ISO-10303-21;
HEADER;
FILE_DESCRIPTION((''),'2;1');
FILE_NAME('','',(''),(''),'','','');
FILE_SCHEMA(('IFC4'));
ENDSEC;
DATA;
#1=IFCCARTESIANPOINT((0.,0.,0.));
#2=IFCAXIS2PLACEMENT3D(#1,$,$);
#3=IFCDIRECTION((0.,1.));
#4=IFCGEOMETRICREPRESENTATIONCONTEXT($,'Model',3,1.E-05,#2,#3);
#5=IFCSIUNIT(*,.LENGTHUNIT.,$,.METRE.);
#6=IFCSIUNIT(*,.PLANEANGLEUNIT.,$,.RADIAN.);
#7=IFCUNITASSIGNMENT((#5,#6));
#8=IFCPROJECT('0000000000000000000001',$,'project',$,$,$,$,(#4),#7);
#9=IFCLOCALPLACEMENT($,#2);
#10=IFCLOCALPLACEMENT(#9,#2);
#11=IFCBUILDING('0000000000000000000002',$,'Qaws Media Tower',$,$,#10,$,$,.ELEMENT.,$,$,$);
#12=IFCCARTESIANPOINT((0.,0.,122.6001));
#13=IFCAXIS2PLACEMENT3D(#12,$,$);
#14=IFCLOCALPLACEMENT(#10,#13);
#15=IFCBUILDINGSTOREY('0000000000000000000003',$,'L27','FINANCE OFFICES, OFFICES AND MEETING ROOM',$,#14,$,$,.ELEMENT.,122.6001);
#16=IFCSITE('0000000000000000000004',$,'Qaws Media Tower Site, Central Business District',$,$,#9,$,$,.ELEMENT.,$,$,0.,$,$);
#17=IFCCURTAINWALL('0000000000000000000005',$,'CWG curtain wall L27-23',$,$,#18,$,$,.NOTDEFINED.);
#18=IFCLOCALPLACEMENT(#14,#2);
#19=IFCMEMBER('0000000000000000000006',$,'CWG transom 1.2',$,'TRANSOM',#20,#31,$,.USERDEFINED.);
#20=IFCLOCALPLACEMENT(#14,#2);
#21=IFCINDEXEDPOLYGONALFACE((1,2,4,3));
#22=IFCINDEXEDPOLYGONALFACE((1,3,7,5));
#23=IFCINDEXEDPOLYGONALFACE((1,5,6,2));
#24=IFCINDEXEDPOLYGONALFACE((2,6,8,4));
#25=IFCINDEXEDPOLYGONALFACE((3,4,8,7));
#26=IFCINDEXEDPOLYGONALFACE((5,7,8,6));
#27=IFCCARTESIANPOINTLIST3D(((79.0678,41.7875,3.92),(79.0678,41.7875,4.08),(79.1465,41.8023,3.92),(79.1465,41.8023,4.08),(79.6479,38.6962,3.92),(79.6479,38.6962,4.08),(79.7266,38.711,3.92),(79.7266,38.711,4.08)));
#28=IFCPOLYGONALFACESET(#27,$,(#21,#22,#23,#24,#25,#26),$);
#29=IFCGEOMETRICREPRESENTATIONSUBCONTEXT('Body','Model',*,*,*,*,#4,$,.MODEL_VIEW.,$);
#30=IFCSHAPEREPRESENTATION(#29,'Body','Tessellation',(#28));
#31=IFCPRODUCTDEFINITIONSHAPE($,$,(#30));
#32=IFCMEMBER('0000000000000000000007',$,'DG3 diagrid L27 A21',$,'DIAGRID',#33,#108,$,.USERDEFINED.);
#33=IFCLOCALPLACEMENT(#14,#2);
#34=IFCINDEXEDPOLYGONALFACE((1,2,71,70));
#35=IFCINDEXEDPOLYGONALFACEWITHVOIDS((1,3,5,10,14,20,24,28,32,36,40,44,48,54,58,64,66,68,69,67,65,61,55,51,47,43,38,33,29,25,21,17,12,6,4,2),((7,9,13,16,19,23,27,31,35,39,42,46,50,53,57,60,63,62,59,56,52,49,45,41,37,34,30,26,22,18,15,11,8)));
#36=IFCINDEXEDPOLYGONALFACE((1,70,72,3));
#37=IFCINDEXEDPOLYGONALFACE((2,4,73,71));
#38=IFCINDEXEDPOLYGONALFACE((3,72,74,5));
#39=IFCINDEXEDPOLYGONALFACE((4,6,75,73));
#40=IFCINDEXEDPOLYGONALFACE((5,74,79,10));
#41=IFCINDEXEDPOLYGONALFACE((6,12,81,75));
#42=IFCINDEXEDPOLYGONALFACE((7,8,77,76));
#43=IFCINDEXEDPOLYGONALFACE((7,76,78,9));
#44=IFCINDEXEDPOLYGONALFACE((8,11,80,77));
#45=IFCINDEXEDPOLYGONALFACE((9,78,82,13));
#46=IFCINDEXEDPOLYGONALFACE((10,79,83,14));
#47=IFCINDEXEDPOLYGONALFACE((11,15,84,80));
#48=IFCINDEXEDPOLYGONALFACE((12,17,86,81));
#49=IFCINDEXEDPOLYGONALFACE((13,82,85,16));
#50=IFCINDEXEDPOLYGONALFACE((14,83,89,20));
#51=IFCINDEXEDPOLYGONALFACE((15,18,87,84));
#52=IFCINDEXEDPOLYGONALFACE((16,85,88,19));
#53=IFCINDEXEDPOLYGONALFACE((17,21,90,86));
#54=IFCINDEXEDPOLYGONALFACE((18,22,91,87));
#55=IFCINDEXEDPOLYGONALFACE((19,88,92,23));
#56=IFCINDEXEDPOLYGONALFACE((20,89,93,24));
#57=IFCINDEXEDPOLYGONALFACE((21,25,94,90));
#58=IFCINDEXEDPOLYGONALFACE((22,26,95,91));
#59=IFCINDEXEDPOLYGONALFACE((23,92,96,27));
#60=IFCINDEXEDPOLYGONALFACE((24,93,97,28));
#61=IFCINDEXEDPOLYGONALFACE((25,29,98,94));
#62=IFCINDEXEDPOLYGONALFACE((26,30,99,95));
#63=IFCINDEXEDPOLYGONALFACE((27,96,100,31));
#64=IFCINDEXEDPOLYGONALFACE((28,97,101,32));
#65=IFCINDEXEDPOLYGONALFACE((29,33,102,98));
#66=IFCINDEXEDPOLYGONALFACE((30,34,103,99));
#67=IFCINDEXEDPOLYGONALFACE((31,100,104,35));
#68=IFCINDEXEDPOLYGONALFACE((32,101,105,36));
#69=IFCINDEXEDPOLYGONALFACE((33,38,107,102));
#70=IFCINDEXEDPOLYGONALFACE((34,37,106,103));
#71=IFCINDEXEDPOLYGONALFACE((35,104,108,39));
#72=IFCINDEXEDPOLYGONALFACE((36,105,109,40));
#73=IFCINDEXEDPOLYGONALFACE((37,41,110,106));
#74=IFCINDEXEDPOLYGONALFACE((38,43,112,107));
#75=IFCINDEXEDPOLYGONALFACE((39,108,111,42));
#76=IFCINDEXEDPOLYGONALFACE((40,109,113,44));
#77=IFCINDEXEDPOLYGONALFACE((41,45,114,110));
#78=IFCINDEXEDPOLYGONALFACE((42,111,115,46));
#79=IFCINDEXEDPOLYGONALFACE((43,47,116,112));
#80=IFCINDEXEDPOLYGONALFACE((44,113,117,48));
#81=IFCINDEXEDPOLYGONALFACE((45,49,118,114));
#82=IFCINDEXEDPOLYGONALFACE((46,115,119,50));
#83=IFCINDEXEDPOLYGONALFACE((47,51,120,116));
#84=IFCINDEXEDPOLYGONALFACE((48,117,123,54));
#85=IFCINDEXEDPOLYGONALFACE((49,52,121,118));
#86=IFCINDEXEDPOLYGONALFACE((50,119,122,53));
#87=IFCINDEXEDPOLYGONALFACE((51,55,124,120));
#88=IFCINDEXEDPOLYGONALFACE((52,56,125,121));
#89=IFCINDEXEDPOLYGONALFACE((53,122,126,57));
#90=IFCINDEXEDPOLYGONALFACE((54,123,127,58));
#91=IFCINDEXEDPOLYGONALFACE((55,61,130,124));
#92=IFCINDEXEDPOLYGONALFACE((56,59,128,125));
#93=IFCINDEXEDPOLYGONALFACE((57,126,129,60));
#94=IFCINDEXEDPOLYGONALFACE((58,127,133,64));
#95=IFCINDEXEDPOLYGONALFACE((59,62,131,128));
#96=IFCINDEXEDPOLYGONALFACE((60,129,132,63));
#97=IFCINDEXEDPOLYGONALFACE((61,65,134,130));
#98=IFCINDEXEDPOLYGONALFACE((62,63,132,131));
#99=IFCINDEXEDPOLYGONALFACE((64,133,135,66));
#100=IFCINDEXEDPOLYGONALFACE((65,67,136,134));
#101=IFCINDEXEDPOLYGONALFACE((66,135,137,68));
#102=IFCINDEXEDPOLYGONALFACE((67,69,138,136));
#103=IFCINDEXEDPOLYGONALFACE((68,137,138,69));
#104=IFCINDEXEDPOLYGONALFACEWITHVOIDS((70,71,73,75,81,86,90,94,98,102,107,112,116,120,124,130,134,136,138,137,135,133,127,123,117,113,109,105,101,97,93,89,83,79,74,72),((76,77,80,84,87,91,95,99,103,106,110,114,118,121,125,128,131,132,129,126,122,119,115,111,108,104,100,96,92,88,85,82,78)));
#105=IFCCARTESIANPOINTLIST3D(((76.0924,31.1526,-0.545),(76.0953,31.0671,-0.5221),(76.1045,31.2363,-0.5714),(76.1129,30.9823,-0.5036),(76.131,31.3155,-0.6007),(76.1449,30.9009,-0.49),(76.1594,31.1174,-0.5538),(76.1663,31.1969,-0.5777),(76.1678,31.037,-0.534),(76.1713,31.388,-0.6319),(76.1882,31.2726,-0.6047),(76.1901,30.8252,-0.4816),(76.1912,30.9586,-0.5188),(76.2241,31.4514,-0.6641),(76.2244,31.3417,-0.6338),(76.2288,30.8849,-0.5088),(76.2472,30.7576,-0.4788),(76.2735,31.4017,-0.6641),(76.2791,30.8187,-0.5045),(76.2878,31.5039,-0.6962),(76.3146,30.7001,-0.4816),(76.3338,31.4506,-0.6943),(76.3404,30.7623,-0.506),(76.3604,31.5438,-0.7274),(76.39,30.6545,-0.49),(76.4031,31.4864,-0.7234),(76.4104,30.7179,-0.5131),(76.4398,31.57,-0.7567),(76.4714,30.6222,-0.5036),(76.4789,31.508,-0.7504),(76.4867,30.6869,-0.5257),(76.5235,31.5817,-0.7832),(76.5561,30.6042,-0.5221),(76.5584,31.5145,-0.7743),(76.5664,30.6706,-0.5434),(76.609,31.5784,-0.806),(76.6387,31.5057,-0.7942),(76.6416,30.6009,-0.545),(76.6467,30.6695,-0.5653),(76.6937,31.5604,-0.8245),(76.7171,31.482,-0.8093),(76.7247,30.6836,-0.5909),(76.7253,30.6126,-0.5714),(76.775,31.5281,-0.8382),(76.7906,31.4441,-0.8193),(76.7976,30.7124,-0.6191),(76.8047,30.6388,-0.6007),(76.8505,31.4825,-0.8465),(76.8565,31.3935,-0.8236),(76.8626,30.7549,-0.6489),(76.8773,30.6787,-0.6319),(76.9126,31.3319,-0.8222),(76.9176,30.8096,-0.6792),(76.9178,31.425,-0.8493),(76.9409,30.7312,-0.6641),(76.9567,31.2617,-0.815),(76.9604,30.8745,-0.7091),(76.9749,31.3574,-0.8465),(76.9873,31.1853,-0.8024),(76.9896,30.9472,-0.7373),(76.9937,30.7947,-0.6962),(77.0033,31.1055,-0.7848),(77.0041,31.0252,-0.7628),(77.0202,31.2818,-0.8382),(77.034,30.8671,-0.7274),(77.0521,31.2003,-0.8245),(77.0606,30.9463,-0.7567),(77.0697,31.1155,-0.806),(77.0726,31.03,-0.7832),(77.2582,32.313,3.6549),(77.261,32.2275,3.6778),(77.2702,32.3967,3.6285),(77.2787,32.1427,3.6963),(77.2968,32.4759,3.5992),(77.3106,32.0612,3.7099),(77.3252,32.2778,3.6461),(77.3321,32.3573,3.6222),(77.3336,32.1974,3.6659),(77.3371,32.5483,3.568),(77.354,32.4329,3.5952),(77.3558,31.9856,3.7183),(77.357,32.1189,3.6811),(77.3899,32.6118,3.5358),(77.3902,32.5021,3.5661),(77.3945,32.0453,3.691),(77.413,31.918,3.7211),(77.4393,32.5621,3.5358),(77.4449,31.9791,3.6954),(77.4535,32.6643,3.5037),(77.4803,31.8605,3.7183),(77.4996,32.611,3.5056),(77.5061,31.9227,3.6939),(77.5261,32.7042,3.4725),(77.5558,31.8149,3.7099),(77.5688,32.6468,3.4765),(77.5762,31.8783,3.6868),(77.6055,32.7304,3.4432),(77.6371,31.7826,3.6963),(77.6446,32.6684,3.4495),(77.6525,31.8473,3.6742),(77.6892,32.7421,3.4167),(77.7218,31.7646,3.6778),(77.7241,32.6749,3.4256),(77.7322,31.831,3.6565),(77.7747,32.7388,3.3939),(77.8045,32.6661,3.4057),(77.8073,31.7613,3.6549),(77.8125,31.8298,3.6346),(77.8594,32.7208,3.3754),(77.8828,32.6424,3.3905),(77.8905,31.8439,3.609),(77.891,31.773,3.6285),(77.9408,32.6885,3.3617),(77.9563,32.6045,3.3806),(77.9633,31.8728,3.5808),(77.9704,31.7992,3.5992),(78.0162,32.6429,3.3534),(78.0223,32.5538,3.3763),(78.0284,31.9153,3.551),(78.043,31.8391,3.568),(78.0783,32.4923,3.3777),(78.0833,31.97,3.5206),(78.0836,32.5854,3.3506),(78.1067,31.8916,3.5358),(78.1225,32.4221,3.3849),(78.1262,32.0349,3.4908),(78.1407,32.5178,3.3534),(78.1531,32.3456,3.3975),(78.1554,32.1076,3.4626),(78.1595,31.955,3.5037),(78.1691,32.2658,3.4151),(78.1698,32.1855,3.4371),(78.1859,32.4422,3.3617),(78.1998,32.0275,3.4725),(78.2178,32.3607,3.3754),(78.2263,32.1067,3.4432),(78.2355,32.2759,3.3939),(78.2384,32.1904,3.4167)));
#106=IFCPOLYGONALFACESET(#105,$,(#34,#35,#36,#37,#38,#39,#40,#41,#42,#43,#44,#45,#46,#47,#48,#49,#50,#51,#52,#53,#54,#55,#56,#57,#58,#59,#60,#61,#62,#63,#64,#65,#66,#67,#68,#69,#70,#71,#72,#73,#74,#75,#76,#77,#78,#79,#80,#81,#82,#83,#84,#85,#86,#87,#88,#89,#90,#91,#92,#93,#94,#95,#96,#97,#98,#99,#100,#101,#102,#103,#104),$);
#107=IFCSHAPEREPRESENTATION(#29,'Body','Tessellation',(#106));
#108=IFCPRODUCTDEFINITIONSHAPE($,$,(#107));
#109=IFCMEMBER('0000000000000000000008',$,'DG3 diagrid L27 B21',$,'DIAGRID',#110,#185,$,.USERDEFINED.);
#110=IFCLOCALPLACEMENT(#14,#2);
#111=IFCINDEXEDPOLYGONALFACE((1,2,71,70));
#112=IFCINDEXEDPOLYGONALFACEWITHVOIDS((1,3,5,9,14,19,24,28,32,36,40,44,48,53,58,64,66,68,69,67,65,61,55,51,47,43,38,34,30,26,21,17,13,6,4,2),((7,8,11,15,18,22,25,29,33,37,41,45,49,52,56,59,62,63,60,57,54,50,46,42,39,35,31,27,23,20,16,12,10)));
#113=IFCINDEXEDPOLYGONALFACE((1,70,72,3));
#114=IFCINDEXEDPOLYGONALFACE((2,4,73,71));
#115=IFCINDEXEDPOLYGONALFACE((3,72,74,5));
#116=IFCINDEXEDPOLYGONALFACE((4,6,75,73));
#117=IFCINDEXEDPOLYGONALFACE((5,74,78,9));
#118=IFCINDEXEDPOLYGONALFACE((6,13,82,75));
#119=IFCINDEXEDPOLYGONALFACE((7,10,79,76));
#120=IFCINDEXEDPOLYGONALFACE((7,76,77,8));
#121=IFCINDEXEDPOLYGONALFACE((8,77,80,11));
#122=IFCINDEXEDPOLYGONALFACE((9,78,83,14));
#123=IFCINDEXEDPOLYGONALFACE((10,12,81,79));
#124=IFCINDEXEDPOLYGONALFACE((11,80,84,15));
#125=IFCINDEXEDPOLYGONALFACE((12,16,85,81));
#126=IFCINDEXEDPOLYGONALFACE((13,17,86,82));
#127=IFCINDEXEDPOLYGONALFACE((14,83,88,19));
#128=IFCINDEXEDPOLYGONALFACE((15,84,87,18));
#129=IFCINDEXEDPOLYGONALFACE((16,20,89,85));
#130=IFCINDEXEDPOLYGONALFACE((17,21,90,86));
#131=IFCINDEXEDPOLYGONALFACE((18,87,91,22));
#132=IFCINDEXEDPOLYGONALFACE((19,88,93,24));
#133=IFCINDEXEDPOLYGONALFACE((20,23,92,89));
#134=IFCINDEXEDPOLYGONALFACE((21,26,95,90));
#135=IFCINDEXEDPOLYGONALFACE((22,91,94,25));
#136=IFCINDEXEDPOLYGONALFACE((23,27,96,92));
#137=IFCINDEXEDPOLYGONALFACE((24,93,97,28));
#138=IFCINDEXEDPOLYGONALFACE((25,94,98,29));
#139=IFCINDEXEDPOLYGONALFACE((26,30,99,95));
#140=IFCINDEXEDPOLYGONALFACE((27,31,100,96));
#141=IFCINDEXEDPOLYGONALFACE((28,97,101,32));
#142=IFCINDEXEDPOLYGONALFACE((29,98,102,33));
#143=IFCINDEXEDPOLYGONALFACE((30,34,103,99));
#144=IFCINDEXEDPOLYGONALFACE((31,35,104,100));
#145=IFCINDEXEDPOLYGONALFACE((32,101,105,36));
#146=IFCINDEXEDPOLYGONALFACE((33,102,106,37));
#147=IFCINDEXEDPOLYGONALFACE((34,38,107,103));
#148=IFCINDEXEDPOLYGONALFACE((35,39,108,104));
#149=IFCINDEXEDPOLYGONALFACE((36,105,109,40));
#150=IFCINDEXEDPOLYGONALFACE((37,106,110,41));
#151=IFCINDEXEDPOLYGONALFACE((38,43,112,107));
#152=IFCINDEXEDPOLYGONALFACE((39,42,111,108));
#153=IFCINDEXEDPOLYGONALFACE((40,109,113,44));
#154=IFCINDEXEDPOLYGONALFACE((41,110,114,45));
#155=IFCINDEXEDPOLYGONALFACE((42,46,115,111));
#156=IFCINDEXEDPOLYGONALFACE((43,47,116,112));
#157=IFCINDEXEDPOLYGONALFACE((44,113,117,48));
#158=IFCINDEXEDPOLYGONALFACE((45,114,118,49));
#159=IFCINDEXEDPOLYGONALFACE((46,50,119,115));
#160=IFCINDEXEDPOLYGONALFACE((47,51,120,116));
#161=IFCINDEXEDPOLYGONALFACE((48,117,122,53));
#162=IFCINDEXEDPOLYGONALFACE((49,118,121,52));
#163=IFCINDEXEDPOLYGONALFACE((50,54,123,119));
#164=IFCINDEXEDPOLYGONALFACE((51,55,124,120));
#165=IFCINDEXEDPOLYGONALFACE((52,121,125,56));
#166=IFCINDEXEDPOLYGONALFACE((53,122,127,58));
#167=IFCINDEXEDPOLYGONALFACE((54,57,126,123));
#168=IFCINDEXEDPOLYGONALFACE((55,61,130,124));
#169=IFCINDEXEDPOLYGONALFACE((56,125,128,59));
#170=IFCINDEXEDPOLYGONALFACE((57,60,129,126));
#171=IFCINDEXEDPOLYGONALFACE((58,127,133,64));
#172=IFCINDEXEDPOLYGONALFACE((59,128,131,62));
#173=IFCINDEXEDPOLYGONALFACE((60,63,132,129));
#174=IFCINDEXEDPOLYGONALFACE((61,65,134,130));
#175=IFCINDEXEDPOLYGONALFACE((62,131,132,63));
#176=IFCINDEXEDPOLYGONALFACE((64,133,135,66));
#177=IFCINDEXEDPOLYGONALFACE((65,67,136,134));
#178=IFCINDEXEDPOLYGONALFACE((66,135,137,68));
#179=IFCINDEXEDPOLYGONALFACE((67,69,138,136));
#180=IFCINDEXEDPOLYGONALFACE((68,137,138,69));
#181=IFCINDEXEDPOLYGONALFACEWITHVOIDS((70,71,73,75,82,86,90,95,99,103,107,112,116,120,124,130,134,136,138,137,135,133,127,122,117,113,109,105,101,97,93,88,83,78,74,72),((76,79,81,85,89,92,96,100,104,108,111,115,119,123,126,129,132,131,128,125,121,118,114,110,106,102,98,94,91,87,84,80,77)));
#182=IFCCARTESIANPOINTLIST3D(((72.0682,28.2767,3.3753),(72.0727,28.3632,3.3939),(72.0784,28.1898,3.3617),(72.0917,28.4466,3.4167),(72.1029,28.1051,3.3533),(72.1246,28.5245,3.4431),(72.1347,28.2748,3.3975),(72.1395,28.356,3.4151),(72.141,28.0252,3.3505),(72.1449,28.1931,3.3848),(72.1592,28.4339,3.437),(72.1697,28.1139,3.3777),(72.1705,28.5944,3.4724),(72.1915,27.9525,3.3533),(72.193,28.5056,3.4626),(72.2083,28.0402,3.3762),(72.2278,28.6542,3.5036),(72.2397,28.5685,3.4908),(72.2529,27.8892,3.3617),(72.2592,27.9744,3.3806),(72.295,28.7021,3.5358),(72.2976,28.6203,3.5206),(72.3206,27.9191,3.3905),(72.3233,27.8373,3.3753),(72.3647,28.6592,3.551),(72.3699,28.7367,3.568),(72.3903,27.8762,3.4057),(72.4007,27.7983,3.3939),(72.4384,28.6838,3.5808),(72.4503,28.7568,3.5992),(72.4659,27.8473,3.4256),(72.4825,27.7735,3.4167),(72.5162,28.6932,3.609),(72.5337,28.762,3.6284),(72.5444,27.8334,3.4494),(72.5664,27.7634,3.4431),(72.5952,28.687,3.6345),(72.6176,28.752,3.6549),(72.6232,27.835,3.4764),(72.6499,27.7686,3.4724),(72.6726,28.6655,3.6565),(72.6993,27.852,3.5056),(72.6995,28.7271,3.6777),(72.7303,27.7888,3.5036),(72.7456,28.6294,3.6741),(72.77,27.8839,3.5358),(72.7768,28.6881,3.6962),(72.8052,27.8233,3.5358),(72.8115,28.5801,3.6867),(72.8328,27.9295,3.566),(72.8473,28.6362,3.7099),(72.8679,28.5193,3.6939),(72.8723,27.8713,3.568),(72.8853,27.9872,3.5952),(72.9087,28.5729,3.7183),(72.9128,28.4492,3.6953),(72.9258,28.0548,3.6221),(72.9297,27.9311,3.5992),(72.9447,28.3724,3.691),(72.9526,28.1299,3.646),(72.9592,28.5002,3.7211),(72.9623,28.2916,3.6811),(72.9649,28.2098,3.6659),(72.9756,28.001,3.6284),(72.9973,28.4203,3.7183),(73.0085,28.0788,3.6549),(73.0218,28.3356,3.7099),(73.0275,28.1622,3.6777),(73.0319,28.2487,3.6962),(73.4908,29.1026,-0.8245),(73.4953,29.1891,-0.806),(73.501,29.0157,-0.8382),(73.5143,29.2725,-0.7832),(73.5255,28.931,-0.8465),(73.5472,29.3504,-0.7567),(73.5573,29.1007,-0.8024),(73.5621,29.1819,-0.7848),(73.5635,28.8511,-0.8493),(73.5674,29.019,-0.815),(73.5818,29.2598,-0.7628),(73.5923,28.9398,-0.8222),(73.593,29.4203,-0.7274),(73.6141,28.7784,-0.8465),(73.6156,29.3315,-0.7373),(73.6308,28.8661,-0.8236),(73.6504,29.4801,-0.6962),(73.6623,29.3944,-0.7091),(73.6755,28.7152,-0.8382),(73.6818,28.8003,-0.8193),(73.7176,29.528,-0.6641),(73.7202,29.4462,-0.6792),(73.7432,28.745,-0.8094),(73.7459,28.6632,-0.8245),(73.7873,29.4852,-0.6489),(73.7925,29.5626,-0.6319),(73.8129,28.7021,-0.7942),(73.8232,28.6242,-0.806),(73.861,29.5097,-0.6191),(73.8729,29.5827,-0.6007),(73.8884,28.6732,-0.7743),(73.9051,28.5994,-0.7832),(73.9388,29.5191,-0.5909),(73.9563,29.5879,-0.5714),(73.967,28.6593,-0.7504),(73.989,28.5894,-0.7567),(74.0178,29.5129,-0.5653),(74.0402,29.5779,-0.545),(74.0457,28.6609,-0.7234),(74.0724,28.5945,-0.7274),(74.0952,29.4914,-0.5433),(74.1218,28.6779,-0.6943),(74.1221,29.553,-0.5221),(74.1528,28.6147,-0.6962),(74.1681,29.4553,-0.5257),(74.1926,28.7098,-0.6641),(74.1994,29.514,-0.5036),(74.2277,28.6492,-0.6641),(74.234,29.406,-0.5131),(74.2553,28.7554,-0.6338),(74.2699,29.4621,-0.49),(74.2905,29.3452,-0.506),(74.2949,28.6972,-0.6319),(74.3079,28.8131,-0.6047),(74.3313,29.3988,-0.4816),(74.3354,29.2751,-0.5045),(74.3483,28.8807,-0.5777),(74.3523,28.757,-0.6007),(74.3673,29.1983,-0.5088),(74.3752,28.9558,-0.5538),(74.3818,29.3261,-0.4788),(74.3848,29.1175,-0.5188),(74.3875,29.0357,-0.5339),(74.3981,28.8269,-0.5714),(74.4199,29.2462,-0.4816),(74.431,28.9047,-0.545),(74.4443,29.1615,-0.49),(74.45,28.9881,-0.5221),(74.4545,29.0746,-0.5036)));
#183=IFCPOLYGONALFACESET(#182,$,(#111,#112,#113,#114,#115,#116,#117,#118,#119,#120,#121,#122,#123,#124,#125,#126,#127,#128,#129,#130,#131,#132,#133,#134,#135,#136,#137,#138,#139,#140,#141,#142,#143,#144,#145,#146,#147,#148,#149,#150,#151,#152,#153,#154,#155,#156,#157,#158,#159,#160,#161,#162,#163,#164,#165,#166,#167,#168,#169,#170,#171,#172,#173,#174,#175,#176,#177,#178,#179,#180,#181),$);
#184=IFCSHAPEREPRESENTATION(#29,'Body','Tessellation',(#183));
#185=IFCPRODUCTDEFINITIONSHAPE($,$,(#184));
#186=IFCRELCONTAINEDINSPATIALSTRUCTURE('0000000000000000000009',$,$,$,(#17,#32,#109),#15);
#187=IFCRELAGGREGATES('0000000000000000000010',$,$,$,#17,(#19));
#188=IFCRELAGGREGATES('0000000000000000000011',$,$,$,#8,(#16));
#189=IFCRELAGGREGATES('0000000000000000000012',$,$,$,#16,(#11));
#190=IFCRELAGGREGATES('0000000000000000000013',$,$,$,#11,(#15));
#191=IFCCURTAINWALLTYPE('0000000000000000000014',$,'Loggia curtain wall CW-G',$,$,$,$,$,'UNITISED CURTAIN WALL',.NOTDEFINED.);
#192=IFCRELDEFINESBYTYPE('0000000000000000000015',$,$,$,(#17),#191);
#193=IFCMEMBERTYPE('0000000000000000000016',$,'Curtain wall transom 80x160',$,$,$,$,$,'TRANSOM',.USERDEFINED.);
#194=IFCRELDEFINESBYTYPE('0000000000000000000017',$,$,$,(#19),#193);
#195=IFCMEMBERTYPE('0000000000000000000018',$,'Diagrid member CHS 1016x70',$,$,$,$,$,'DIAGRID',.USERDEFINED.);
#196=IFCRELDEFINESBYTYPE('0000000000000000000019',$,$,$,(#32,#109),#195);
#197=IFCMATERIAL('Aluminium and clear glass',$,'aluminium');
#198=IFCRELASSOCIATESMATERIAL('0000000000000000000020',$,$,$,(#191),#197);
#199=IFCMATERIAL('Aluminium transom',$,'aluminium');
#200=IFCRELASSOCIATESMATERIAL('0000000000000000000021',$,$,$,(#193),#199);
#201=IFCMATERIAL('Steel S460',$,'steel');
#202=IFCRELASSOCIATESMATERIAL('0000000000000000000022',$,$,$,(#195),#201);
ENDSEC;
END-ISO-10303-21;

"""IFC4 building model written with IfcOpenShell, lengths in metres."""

from ifc_helpers import new_model, si_unit, direction, frame, origin, origin_2d, place, context, subcontext, project, spatial, rectangle, hollow_circle, extrude, material, material_profile, profile_set, type_object, element, aggregate, save


model = new_model("IFC4")

# Units and contexts
model_context = context("Model", 3, precision=1e-05, world=origin(), true_north=direction((0.0, 1.0)))
body_context = subcontext(model_context, "Body", "Model", "MODEL_VIEW")
ifc_project = project(units=[si_unit("LENGTHUNIT", "METRE"), si_unit("PLANEANGLEUNIT", "RADIAN")], contexts=[model_context])

# Site, building, storey
site_placement = place(None, origin())
site = spatial("IfcSite", under=ifc_project, at=site_placement, Name="Qaws Media Tower Site, Central Business District", CompositionType="ELEMENT", RefElevation=0.0)
building_placement = place(site_placement, origin())
building = spatial("IfcBuilding", under=site, at=building_placement, Name="Qaws Media Tower", CompositionType="ELEMENT")
storey_placement = place(building_placement, frame((0.0, 0.0, 122.6001)))
storey = spatial("IfcBuildingStorey", under=building, at=storey_placement, Name="L27", Description="FINANCE OFFICES, OFFICES AND MEETING ROOM", CompositionType="ELEMENT", Elevation=122.6001)

# Curtain wall
ifc_material_1 = material(Name="Aluminium and clear glass", Category="aluminium")
curtain_wall_type_1 = type_object("IfcCurtainWallType", Name="Loggia curtain wall CW-G", ElementType="UNITISED CURTAIN WALL", PredefinedType="NOTDEFINED", material=ifc_material_1)
curtain_wall_1_placement = place(storey_placement, origin())
curtain_wall_1 = element("IfcCurtainWall", 1, at=curtain_wall_1_placement, inside=storey, type_object=curtain_wall_type_1, Name="CWG curtain wall L27-23", PredefinedType="NOTDEFINED")

# Member
ifc_material_2 = material(Name="Aluminium transom", Category="aluminium")
ifc_material_profile_1 = material_profile(ifc_material_2, rectangle(XDim=0.0801, YDim=0.1599, at=origin_2d()), Name="80x160")
ifc_profile_set_1 = profile_set([ifc_material_profile_1], Name="Aluminium transom")
member_type_1 = type_object("IfcMemberType", Name="Curtain wall transom 80x160", ElementType="TRANSOM", PredefinedType="USERDEFINED", material=ifc_profile_set_1)
member_1_placement = place(storey_placement, frame((79.6873, 38.7036, 4.0), z_axis=(-0.184429, 0.982846, 0.0), x_axis=(-0.982846, -0.184429, 0.0)))
member_1 = element("IfcMember", 2, at=member_1_placement, type_object=member_type_1, Name="CWG transom 1.2", ObjectType="TRANSOM", PredefinedType="USERDEFINED", context=body_context, shape_type="SweptSolid", body=[
    extrude(rectangle(XDim=0.0801, YDim=0.1599, at=origin_2d()), origin(), (0.0, 0.0, 1.0), 3.1453),
])
aggregate(curtain_wall_1, [member_1])

# Members
ifc_material_3 = material(Name="Steel S460", Category="steel")
ifc_material_profile_2 = material_profile(ifc_material_3, hollow_circle(Radius=0.5081, WallThickness=0.0701, at=origin_2d()), Name="CHS 1016x70")
ifc_profile_set_2 = profile_set([ifc_material_profile_2], Name="Steel S460")
member_type_2 = type_object("IfcMemberType", Name="Diagrid member CHS 1016x70", ElementType="DIAGRID", PredefinedType="USERDEFINED", material=ifc_profile_set_2)
for number, where, z_axis, x_axis, name in (
    (3, (76.5825, 31.0913, -0.6641), (0.258454, 0.257263, 0.931138), (-0.705472, 0.708738, 0.0), "DG3 diagrid L27 A21"),
    (4, (73.9727, 29.0886, -0.6641), (-0.315392, -0.183108, 0.931128), (0.502089, -0.864816, 0.0), "DG3 diagrid L27 B21"),
):
    element("IfcMember", number, at=place(storey_placement, frame(where, z_axis=z_axis, x_axis=x_axis)), inside=storey, type_object=member_type_2, Name=name, ObjectType="DIAGRID", PredefinedType="USERDEFINED", context=body_context, shape_type="SweptSolid", body=[
        extrude(hollow_circle(Radius=0.5081, WallThickness=0.0701, at=origin_2d()), origin(), (0.0, 0.0, 1.0), 4.5105),
    ])

save(model, "model.ifc")
